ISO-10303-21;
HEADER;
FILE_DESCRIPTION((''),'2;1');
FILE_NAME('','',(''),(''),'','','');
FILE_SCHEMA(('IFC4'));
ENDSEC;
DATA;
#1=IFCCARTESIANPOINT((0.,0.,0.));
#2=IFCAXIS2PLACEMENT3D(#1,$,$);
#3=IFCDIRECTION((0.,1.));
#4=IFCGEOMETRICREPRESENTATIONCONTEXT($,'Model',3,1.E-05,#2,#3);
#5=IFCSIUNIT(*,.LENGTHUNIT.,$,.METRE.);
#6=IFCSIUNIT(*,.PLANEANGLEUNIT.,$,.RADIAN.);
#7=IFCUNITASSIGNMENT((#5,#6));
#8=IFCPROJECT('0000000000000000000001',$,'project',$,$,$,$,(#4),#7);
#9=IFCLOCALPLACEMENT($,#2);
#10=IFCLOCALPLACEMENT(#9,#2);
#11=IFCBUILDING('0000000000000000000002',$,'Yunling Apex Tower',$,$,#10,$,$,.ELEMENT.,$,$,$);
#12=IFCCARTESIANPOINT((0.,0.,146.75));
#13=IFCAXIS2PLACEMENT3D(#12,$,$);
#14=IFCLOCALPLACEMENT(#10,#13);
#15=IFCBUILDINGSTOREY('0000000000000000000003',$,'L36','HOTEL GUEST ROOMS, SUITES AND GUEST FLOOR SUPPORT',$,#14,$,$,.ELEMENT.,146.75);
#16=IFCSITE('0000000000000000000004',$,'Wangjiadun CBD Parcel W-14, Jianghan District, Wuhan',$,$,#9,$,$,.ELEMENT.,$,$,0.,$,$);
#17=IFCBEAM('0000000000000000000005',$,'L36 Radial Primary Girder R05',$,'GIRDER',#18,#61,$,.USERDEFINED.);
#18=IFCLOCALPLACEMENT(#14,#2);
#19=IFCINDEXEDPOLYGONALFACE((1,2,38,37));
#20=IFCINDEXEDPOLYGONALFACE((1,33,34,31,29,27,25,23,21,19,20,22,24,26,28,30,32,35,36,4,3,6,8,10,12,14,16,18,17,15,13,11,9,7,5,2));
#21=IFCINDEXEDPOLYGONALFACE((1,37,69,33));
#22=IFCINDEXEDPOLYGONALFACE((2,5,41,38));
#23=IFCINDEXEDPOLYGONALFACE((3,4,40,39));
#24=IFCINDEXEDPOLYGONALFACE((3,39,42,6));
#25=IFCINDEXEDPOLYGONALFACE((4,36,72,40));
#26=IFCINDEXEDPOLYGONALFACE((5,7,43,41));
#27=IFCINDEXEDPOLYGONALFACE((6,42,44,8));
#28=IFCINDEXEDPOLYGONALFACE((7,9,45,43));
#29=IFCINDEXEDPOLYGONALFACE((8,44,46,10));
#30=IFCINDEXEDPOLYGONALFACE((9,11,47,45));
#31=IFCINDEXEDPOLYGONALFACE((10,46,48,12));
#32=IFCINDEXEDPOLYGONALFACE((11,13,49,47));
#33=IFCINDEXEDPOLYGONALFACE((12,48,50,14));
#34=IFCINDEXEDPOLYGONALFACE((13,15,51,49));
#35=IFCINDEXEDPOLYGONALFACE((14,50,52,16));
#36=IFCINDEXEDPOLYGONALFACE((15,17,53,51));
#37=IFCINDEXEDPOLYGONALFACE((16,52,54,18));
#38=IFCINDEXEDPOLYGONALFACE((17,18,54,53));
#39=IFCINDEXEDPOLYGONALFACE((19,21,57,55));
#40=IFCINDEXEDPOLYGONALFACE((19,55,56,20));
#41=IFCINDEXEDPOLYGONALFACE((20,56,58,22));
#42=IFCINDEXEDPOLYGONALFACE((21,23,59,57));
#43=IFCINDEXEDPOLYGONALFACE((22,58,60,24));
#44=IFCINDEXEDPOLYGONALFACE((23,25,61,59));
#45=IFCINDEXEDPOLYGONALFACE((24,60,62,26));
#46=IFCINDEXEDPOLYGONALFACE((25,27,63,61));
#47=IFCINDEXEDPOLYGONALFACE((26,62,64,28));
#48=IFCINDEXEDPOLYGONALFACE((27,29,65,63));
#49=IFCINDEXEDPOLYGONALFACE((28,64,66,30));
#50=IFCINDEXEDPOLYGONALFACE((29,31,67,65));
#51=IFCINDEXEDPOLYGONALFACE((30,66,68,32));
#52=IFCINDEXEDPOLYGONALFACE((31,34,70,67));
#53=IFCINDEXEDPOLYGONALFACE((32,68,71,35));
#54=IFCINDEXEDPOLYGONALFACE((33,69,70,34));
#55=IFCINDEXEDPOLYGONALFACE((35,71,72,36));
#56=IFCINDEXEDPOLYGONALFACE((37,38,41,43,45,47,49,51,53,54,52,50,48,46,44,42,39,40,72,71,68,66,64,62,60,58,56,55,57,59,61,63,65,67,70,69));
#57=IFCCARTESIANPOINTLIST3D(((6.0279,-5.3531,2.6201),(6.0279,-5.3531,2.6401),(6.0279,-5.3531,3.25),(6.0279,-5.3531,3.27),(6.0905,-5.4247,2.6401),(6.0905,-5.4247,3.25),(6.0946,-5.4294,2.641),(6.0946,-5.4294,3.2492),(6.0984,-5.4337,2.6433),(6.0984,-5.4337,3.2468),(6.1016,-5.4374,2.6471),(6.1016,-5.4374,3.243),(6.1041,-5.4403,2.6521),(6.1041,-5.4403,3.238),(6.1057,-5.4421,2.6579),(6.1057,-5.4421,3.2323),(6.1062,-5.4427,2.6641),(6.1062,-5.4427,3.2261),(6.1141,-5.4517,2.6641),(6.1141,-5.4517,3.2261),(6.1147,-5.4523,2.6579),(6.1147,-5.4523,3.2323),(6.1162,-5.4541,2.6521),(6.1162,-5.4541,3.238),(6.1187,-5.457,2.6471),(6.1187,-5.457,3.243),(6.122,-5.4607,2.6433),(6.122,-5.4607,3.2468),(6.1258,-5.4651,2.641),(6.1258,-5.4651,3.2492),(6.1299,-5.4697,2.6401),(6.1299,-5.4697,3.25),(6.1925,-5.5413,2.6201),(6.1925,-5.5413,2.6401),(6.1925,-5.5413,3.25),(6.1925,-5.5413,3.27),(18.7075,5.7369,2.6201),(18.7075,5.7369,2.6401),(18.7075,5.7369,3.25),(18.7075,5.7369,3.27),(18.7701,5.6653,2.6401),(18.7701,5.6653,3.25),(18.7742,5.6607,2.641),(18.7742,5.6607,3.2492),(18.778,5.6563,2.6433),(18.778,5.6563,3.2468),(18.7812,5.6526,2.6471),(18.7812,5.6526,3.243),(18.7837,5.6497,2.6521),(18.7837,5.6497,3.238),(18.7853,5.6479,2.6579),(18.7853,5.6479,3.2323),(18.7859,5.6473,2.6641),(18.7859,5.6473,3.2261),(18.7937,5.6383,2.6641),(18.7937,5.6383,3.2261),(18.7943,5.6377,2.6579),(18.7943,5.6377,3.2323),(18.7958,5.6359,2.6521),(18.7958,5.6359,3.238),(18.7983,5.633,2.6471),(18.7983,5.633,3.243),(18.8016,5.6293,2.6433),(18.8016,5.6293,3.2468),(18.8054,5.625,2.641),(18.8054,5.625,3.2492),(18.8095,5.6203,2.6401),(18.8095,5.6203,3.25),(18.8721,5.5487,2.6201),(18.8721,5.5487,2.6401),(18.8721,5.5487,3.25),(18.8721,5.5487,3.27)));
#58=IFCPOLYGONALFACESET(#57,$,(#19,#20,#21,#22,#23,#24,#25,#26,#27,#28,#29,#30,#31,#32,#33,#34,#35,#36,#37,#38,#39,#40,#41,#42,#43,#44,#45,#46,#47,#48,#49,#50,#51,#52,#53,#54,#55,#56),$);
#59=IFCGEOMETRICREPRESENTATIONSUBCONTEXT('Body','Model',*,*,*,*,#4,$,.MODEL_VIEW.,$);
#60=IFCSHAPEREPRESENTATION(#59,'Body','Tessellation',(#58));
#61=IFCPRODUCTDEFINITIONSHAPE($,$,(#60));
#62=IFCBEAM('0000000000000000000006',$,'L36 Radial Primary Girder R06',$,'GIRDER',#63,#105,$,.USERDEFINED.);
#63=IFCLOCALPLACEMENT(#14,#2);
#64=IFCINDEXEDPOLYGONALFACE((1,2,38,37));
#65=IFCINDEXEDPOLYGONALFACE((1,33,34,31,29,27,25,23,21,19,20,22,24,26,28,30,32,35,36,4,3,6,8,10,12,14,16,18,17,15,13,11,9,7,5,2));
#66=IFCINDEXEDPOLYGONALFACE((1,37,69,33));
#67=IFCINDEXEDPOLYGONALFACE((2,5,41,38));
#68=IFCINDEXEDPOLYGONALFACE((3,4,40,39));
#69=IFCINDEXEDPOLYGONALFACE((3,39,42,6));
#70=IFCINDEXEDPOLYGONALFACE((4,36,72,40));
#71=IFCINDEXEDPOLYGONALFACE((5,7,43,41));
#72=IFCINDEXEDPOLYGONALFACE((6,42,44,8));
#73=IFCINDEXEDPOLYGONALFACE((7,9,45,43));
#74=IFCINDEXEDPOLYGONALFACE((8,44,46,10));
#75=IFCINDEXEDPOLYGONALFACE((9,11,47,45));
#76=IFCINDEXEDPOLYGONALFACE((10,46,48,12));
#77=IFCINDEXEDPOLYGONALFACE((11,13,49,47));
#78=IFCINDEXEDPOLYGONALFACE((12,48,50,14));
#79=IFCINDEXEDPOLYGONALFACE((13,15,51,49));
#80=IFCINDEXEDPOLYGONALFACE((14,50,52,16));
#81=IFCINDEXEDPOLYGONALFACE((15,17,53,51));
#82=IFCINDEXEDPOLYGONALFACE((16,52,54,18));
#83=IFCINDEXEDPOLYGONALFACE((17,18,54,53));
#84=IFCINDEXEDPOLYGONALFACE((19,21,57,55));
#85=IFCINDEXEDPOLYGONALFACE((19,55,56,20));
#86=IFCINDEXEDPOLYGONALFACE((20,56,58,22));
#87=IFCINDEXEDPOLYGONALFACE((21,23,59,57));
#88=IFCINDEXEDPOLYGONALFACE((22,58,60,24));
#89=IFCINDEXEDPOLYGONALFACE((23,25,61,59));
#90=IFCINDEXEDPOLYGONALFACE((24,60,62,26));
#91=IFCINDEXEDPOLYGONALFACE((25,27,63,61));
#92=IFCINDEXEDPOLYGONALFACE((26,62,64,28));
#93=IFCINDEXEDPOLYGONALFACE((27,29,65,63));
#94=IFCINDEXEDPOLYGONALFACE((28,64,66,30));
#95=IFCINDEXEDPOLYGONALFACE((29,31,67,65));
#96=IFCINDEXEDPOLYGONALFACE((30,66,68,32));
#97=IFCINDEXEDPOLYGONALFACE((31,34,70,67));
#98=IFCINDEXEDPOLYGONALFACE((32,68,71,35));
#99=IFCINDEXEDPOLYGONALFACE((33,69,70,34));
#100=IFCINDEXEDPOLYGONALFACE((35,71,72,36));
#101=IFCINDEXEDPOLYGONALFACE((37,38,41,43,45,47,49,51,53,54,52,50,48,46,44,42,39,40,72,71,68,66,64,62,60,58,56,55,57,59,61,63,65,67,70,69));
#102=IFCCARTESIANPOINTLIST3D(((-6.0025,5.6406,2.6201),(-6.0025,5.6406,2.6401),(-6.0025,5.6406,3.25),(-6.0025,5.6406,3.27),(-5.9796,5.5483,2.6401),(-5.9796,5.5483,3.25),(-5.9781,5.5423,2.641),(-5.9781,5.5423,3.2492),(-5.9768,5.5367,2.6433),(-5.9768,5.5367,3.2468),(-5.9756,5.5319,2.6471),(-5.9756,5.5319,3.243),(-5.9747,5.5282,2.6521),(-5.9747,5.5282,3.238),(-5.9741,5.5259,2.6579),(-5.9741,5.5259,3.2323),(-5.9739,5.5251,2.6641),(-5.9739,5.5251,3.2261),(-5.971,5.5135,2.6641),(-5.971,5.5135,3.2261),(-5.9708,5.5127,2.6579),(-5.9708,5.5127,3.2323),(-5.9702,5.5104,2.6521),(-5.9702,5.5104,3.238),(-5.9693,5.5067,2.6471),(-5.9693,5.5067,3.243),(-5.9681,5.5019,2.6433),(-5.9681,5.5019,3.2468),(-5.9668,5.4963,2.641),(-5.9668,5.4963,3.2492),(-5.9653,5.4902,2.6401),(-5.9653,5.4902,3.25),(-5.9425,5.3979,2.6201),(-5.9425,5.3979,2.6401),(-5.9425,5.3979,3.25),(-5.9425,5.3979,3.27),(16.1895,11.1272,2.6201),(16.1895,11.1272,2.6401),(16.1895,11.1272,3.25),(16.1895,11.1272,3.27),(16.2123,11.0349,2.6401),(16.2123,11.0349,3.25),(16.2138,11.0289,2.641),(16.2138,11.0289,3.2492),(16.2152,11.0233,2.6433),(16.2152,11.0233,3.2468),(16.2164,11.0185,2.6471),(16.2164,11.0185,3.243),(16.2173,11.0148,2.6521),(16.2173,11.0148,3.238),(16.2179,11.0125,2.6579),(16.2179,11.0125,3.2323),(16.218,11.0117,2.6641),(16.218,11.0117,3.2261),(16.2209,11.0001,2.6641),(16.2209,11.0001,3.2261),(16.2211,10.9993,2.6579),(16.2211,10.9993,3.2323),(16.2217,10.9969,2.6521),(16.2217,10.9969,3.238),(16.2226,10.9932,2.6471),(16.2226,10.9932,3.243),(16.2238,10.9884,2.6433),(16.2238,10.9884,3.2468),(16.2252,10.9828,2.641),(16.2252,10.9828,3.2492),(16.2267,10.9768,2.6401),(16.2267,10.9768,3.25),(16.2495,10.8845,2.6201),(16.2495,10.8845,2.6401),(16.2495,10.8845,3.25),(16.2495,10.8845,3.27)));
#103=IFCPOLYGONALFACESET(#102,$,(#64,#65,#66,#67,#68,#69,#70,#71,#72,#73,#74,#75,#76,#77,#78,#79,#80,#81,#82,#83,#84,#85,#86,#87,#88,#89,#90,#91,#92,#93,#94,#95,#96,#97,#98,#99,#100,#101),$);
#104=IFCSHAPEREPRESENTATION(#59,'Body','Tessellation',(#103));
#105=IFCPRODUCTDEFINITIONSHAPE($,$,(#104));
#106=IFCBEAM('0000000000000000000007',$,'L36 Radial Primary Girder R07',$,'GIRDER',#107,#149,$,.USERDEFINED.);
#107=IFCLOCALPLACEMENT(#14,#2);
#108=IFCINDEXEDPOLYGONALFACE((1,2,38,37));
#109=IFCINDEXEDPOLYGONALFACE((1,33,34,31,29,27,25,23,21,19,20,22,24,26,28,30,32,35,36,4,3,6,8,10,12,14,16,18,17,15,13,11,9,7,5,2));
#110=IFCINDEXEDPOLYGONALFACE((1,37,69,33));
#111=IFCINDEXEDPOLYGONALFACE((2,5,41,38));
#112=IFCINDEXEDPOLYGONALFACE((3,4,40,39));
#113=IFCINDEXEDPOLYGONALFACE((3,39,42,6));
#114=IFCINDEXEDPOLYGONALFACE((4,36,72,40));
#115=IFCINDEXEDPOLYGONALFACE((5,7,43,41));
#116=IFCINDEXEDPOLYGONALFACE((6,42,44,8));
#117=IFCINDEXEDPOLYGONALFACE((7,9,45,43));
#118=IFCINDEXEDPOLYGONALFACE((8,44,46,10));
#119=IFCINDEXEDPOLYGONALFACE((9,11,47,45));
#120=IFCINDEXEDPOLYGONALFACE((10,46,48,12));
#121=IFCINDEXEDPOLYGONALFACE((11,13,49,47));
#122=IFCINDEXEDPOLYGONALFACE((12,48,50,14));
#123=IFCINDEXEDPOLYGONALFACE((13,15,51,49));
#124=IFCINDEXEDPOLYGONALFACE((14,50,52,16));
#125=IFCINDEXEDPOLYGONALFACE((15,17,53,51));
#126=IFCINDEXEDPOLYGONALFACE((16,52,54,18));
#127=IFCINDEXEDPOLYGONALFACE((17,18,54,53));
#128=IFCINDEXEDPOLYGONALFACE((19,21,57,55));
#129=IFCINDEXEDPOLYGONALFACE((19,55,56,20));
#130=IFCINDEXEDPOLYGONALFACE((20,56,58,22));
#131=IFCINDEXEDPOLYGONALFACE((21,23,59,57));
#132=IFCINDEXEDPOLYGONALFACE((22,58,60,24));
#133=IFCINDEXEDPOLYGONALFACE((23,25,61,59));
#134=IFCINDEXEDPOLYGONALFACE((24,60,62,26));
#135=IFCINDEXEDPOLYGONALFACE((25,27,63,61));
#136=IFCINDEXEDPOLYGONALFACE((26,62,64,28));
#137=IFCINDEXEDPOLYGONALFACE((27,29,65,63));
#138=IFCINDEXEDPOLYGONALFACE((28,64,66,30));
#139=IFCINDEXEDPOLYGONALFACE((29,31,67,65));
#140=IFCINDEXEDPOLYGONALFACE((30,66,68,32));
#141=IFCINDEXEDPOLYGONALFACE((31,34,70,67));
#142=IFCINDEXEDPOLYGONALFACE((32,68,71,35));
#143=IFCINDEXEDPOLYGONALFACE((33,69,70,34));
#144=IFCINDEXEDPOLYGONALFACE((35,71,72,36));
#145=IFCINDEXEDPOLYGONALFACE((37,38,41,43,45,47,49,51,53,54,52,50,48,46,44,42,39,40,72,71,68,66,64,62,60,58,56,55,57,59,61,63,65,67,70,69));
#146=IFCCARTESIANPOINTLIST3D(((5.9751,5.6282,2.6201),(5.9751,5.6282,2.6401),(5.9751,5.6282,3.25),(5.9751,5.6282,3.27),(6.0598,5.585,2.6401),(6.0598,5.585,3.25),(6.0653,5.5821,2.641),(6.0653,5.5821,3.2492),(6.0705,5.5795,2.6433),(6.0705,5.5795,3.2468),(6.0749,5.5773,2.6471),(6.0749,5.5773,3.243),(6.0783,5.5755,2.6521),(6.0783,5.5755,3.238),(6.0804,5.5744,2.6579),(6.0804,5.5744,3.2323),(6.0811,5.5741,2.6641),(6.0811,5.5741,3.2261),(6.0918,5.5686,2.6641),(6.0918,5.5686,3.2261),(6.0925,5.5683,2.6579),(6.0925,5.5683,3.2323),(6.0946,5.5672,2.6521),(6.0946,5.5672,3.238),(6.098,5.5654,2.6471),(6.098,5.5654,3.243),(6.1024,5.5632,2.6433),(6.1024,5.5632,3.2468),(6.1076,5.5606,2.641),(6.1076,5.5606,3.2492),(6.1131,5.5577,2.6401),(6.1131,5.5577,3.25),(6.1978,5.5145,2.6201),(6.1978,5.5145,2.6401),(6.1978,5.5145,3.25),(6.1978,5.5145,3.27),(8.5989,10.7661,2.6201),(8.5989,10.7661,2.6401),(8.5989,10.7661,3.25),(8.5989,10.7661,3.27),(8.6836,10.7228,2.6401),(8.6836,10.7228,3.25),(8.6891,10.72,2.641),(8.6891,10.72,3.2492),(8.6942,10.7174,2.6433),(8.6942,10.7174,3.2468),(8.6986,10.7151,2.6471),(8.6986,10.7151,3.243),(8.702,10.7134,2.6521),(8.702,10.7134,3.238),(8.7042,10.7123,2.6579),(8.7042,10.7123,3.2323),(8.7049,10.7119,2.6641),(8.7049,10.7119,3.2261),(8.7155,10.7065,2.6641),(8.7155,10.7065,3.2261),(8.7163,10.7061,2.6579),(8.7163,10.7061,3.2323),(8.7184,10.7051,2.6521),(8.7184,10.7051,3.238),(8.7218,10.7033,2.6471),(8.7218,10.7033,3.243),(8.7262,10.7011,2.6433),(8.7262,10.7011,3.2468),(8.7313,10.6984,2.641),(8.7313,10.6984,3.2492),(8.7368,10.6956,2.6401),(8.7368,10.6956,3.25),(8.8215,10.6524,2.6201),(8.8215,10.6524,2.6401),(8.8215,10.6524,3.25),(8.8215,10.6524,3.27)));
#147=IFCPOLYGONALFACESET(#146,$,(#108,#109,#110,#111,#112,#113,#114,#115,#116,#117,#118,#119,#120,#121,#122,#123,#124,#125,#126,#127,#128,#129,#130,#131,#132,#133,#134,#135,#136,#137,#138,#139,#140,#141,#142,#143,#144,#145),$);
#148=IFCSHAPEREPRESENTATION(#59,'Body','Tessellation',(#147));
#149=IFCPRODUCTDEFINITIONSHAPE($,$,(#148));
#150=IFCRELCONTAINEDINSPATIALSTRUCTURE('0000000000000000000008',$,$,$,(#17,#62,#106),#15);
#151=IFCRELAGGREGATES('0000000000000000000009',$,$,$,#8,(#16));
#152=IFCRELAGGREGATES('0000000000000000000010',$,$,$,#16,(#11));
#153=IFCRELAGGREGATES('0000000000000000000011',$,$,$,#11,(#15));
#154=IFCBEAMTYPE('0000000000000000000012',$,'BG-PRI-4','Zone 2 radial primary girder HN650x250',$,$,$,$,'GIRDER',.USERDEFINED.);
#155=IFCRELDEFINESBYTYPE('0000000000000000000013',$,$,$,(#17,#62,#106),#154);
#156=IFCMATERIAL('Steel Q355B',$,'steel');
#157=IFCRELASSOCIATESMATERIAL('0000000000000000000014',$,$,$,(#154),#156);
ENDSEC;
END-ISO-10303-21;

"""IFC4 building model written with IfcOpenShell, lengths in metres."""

from ifc_helpers import new_model, si_unit, direction, frame, origin, origin_2d, place, context, subcontext, project, spatial, i_section, extrude, source, transform, mapped, material, material_profile, profile_set, type_object, element, save


model = new_model("IFC4")

# Units and contexts
model_context = context("Model", 3, precision=1e-05, world=origin(), true_north=direction((0.0, 1.0)))
body_context = subcontext(model_context, "Body", "Model", "MODEL_VIEW")
ifc_project = project(units=[si_unit("LENGTHUNIT", "METRE"), si_unit("PLANEANGLEUNIT", "RADIAN")], contexts=[model_context])

# Site, building, storey
site_placement = place(None, origin())
site = spatial("IfcSite", under=ifc_project, at=site_placement, Name="Wangjiadun CBD Parcel W-14, Jianghan District, Wuhan", CompositionType="ELEMENT", RefElevation=0.0)
building_placement = place(site_placement, origin())
building = spatial("IfcBuilding", under=site, at=building_placement, Name="Yunling Apex Tower", CompositionType="ELEMENT")
storey_placement = place(building_placement, frame((0.0, 0.0, 146.75)))
storey = spatial("IfcBuildingStorey", under=building, at=storey_placement, Name="L36", Description="HOTEL GUEST ROOMS, SUITES AND GUEST FLOOR SUPPORT", CompositionType="ELEMENT", Elevation=146.75)

# Beams
ifc_material_1 = material(Name="Steel Q355B", Category="steel")
ifc_material_profile_1 = material_profile(ifc_material_1, i_section(OverallWidth=0.25, OverallDepth=0.6499, WebThickness=0.012, FlangeThickness=0.02, FilletRadius=0.0239, at=origin_2d()))
ifc_profile_set_1 = profile_set([ifc_material_profile_1], Name="Steel Q355B")
beam_type_1 = type_object("IfcBeamType", Name="BG-PRI-4", Description="Zone 2 radial primary girder HN650x250", ElementType="GIRDER", PredefinedType="USERDEFINED", material=ifc_profile_set_1)
shared_shape_1 = source(origin(), body_context, "Body", "SweptSolid", [
    extrude(i_section(OverallWidth=0.25, OverallDepth=0.6499, WebThickness=0.012, FlangeThickness=0.02, FilletRadius=0.0239, at=origin_2d()), origin(), (0.0, 0.0, 1.0), 16.8452),
])
beam_1_placement = place(storey_placement, frame((18.7898, 5.6428, 2.9451), z_axis=(-0.752713, -0.658349, 0.0), x_axis=(0.658349, -0.752713, 0.0)))
element("IfcBeam", 1, at=beam_1_placement, inside=storey, type_object=beam_type_1, Name="L36 Radial Primary Girder R05", ObjectType="GIRDER", PredefinedType="USERDEFINED", context=body_context, shape_type="MappedRepresentation", body=[
    mapped(shared_shape_1, transform((0.0, 0.0, 0.0), scale=1.0)),
])
shared_shape_2 = source(origin(), body_context, "Body", "SweptSolid", [
    extrude(i_section(OverallWidth=0.25, OverallDepth=0.6499, WebThickness=0.012, FlangeThickness=0.02, FilletRadius=0.0239, at=origin_2d()), origin(), (0.0, 0.0, 1.0), 22.8601),
])
beam_2_placement = place(storey_placement, frame((16.2195, 11.0059, 2.9451), z_axis=(-0.970771, -0.240007, 0.0), x_axis=(0.240007, -0.970771, 0.0)))
element("IfcBeam", 2, at=beam_2_placement, inside=storey, type_object=beam_type_1, Name="L36 Radial Primary Girder R06", ObjectType="GIRDER", PredefinedType="USERDEFINED", context=body_context, shape_type="MappedRepresentation", body=[
    mapped(shared_shape_2, transform((0.0, 0.0, 0.0), scale=1.0)),
])
shared_shape_3 = source(origin(), body_context, "Body", "SweptSolid", [
    extrude(i_section(OverallWidth=0.25, OverallDepth=0.6499, WebThickness=0.012, FlangeThickness=0.02, FilletRadius=0.0239, at=origin_2d()), origin(), (0.0, 0.0, 1.0), 5.769),
])
beam_3_placement = place(storey_placement, frame((8.7102, 10.7092, 2.9451), z_axis=(-0.454798, -0.890595, 0.0), x_axis=(0.890595, -0.454798, 0.0)))
element("IfcBeam", 3, at=beam_3_placement, inside=storey, type_object=beam_type_1, Name="L36 Radial Primary Girder R07", ObjectType="GIRDER", PredefinedType="USERDEFINED", context=body_context, shape_type="MappedRepresentation", body=[
    mapped(shared_shape_3, transform((0.0, 0.0, 0.0), scale=1.0)),
])

save(model, "model.ifc")
